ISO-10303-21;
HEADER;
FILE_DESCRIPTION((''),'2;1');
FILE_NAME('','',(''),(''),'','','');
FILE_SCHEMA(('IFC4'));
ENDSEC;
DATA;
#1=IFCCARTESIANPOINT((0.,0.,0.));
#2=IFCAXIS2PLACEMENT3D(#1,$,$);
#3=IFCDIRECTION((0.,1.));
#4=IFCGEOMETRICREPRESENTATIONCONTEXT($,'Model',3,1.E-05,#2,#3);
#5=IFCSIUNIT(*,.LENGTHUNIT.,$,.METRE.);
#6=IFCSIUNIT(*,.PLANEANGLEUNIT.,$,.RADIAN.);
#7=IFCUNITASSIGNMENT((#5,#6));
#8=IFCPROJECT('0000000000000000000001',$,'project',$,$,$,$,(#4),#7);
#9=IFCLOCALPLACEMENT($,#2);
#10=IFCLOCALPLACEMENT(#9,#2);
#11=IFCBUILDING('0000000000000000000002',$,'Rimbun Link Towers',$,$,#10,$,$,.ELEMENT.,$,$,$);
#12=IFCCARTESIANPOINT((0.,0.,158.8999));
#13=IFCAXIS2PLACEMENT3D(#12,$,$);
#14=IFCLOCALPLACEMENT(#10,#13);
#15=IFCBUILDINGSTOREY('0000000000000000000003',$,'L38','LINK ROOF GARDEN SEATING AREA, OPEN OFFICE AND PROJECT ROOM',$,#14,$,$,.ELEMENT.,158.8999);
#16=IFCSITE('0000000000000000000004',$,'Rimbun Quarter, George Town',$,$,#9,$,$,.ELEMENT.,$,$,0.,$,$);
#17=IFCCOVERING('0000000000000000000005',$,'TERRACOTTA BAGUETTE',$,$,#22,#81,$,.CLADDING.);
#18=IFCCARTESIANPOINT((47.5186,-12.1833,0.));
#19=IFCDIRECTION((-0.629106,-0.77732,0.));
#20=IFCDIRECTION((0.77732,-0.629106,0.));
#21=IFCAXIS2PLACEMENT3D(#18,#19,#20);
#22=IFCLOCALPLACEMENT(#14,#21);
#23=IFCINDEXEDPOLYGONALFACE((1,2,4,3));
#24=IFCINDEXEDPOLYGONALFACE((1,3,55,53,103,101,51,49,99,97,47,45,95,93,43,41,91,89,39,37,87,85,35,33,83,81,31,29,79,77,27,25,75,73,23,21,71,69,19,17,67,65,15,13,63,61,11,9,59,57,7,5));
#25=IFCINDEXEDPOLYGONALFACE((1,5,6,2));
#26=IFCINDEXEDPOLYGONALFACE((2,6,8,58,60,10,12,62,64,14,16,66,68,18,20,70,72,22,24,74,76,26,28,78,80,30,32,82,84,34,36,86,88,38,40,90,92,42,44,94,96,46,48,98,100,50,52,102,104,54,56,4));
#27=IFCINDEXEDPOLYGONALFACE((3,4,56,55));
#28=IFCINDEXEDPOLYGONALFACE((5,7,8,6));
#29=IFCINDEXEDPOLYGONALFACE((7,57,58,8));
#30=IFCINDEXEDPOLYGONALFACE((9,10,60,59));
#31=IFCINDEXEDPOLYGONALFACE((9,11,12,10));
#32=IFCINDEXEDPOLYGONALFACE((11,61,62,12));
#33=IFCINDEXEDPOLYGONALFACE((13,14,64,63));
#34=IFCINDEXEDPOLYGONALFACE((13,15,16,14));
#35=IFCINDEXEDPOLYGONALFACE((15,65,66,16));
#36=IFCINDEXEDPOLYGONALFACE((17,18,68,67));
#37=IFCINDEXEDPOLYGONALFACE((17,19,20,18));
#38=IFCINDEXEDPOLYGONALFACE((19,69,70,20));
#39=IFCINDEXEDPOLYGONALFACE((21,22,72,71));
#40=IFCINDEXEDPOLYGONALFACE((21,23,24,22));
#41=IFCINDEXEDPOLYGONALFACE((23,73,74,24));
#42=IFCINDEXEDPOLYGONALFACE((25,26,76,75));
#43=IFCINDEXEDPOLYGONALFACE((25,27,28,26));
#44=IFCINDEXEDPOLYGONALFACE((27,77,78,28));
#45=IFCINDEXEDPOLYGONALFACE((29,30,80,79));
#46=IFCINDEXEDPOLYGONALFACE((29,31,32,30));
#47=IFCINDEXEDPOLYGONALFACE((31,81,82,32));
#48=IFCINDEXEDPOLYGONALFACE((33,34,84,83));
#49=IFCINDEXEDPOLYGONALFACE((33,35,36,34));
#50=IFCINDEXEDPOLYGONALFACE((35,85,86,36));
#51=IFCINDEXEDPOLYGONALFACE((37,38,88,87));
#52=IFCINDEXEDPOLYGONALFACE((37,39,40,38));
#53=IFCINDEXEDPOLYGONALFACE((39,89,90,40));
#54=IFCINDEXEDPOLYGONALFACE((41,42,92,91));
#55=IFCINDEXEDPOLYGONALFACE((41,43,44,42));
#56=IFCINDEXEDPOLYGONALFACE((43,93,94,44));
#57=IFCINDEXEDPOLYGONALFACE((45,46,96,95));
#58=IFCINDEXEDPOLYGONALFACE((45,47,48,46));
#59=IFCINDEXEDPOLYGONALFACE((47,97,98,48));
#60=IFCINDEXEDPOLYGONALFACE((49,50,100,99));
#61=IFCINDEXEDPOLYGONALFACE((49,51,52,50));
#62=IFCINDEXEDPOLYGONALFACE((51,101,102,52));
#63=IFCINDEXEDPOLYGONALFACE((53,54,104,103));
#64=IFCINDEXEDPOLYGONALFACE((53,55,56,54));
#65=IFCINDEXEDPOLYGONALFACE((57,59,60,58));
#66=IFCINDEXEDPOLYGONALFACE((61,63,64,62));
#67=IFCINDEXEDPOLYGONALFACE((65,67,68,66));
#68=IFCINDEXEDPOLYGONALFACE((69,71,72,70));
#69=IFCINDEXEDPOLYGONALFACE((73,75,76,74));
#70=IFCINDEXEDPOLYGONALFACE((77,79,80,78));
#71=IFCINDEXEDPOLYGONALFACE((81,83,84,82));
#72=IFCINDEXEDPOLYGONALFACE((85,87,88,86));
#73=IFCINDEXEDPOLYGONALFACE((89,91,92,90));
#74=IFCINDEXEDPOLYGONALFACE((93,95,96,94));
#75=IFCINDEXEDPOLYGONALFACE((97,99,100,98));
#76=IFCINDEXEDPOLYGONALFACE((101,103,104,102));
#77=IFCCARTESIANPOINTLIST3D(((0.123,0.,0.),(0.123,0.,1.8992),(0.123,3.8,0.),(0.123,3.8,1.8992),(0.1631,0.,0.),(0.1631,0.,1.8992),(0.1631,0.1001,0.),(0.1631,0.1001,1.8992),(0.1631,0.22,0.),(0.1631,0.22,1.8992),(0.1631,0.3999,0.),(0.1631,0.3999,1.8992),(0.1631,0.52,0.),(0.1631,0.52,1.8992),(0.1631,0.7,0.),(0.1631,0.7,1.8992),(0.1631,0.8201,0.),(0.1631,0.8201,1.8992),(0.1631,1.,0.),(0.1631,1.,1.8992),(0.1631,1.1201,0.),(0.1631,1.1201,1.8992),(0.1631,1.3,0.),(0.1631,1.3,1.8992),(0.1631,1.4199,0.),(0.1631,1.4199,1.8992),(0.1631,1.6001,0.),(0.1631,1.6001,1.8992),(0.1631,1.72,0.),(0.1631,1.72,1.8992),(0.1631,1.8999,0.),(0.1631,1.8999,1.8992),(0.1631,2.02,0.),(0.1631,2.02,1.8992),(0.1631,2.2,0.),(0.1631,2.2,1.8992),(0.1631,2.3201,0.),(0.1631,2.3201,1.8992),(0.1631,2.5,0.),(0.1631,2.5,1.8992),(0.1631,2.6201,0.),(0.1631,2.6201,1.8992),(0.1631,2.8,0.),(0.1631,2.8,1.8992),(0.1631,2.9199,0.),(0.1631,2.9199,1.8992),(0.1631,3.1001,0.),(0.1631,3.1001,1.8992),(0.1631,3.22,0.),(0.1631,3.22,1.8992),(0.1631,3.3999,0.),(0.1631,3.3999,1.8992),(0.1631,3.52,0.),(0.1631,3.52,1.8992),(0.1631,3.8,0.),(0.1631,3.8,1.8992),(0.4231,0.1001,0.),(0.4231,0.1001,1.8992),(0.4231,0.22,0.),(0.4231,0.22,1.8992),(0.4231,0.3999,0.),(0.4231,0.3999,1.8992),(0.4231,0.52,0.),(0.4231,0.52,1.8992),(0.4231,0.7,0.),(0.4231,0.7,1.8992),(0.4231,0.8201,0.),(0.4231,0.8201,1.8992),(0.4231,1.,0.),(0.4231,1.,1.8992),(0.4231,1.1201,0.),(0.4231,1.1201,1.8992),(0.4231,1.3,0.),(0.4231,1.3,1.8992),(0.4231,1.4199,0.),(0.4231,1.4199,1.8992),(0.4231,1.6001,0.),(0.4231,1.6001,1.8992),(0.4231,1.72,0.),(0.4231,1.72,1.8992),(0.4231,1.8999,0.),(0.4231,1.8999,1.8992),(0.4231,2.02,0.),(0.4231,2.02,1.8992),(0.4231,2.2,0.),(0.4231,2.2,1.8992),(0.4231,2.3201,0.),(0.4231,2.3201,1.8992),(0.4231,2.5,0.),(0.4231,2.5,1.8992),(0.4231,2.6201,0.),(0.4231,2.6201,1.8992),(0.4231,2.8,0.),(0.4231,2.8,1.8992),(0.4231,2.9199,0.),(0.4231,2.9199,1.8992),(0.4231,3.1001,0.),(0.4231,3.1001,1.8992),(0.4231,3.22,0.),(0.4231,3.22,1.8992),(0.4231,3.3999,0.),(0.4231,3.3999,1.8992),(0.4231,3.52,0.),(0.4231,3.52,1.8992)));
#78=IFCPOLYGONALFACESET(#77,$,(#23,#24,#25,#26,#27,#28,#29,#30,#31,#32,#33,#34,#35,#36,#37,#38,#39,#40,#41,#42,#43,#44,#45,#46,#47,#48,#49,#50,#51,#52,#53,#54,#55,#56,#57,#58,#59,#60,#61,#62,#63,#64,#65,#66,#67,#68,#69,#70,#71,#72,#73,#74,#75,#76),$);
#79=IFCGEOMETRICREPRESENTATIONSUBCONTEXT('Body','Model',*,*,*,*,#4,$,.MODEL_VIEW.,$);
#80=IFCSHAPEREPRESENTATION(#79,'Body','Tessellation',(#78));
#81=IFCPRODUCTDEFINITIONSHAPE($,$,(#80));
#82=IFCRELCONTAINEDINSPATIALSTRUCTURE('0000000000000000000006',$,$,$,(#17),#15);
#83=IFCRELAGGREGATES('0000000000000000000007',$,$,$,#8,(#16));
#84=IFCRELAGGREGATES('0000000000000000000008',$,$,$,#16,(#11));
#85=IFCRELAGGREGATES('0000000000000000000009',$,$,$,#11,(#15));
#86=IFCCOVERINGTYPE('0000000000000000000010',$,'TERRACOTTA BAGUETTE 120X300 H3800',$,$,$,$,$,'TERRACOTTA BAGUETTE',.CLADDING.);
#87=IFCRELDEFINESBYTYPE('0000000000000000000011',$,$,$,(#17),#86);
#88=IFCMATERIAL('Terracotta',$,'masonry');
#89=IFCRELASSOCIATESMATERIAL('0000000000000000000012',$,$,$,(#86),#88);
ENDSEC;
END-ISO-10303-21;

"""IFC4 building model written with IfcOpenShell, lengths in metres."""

from ifc_helpers import new_model, si_unit, direction, frame, origin, place, context, subcontext, project, spatial, polyline, outline, extrude, material, material_profile, profile_set, type_object, element, save


model = new_model("IFC4")

# Units and contexts
model_context = context("Model", 3, precision=1e-05, world=origin(), true_north=direction((0.0, 1.0)))
body_context = subcontext(model_context, "Body", "Model", "MODEL_VIEW")
ifc_project = project(units=[si_unit("LENGTHUNIT", "METRE"), si_unit("PLANEANGLEUNIT", "RADIAN")], contexts=[model_context])

# Site, building, storey
site_placement = place(None, origin())
site = spatial("IfcSite", under=ifc_project, at=site_placement, Name="Rimbun Quarter, George Town", CompositionType="ELEMENT", RefElevation=0.0)
building_placement = place(site_placement, origin())
building = spatial("IfcBuilding", under=site, at=building_placement, Name="Rimbun Link Towers", CompositionType="ELEMENT")
storey_placement = place(building_placement, frame((0.0, 0.0, 158.8999)))
storey = spatial("IfcBuildingStorey", under=building, at=storey_placement, Name="L38", Description="LINK ROOF GARDEN SEATING AREA, OPEN OFFICE AND PROJECT ROOM", CompositionType="ELEMENT", Elevation=158.8999)

# Covering
ifc_material_1 = material(Name="Terracotta", Category="masonry")
ifc_material_profile_1 = material_profile(ifc_material_1, outline(polyline([(0.123, 0.0), (0.1631, 0.0), (0.1631, 0.1001), (0.4231, 0.1001), (0.4231, 0.22), (0.1631, 0.22), (0.1631, 0.3999), (0.4231, 0.3999), (0.4231, 0.52), (0.1631, 0.52), (0.1631, 0.7), (0.4231, 0.7), (0.4231, 0.8201), (0.1631, 0.8201), (0.1631, 1.0), (0.4231, 1.0), (0.4231, 1.1201), (0.1631, 1.1201), (0.1631, 1.3), (0.4231, 1.3), (0.4231, 1.4199), (0.1631, 1.4199), (0.1631, 1.6001), (0.4231, 1.6001), (0.4231, 1.72), (0.1631, 1.72), (0.1631, 1.8999), (0.4231, 1.8999), (0.4231, 2.02), (0.1631, 2.02), (0.1631, 2.2), (0.4231, 2.2), (0.4231, 2.3201), (0.1631, 2.3201), (0.1631, 2.5), (0.4231, 2.5), (0.4231, 2.6201), (0.1631, 2.6201), (0.1631, 2.8), (0.4231, 2.8), (0.4231, 2.9199), (0.1631, 2.9199), (0.1631, 3.1001), (0.4231, 3.1001), (0.4231, 3.22), (0.1631, 3.22), (0.1631, 3.3999), (0.4231, 3.3999), (0.4231, 3.52), (0.1631, 3.52), (0.1631, 3.8), (0.123, 3.8), (0.123, 0.0)])), Name="BAGUETTE 120X300")
ifc_profile_set_1 = profile_set([ifc_material_profile_1], Name="Terracotta")
covering_type = type_object("IfcCoveringType", Name="TERRACOTTA BAGUETTE 120X300 H3800", ElementType="TERRACOTTA BAGUETTE", PredefinedType="CLADDING", material=ifc_profile_set_1)
covering_placement = place(storey_placement, frame((47.5186, -12.1833, 0.0), z_axis=(-0.629106, -0.77732, 0.0), x_axis=(0.77732, -0.629106, 0.0)))
element("IfcCovering", 1, at=covering_placement, inside=storey, type_object=covering_type, Name="TERRACOTTA BAGUETTE", PredefinedType="CLADDING", context=body_context, shape_type="SweptSolid", body=[
    extrude(outline(polyline([(0.123, 0.0), (0.1631, 0.0), (0.1631, 0.1001), (0.4231, 0.1001), (0.4231, 0.22), (0.1631, 0.22), (0.1631, 0.3999), (0.4231, 0.3999), (0.4231, 0.52), (0.1631, 0.52), (0.1631, 0.7), (0.4231, 0.7), (0.4231, 0.8201), (0.1631, 0.8201), (0.1631, 1.0), (0.4231, 1.0), (0.4231, 1.1201), (0.1631, 1.1201), (0.1631, 1.3), (0.4231, 1.3), (0.4231, 1.4199), (0.1631, 1.4199), (0.1631, 1.6001), (0.4231, 1.6001), (0.4231, 1.72), (0.1631, 1.72), (0.1631, 1.8999), (0.4231, 1.8999), (0.4231, 2.02), (0.1631, 2.02), (0.1631, 2.2), (0.4231, 2.2), (0.4231, 2.3201), (0.1631, 2.3201), (0.1631, 2.5), (0.4231, 2.5), (0.4231, 2.6201), (0.1631, 2.6201), (0.1631, 2.8), (0.4231, 2.8), (0.4231, 2.9199), (0.1631, 2.9199), (0.1631, 3.1001), (0.4231, 3.1001), (0.4231, 3.22), (0.1631, 3.22), (0.1631, 3.3999), (0.4231, 3.3999), (0.4231, 3.52), (0.1631, 3.52), (0.1631, 3.8), (0.123, 3.8), (0.123, 0.0)])), origin(), (0.0, 0.0, 1.0), 1.8992),
])

save(model, "model.ifc")
